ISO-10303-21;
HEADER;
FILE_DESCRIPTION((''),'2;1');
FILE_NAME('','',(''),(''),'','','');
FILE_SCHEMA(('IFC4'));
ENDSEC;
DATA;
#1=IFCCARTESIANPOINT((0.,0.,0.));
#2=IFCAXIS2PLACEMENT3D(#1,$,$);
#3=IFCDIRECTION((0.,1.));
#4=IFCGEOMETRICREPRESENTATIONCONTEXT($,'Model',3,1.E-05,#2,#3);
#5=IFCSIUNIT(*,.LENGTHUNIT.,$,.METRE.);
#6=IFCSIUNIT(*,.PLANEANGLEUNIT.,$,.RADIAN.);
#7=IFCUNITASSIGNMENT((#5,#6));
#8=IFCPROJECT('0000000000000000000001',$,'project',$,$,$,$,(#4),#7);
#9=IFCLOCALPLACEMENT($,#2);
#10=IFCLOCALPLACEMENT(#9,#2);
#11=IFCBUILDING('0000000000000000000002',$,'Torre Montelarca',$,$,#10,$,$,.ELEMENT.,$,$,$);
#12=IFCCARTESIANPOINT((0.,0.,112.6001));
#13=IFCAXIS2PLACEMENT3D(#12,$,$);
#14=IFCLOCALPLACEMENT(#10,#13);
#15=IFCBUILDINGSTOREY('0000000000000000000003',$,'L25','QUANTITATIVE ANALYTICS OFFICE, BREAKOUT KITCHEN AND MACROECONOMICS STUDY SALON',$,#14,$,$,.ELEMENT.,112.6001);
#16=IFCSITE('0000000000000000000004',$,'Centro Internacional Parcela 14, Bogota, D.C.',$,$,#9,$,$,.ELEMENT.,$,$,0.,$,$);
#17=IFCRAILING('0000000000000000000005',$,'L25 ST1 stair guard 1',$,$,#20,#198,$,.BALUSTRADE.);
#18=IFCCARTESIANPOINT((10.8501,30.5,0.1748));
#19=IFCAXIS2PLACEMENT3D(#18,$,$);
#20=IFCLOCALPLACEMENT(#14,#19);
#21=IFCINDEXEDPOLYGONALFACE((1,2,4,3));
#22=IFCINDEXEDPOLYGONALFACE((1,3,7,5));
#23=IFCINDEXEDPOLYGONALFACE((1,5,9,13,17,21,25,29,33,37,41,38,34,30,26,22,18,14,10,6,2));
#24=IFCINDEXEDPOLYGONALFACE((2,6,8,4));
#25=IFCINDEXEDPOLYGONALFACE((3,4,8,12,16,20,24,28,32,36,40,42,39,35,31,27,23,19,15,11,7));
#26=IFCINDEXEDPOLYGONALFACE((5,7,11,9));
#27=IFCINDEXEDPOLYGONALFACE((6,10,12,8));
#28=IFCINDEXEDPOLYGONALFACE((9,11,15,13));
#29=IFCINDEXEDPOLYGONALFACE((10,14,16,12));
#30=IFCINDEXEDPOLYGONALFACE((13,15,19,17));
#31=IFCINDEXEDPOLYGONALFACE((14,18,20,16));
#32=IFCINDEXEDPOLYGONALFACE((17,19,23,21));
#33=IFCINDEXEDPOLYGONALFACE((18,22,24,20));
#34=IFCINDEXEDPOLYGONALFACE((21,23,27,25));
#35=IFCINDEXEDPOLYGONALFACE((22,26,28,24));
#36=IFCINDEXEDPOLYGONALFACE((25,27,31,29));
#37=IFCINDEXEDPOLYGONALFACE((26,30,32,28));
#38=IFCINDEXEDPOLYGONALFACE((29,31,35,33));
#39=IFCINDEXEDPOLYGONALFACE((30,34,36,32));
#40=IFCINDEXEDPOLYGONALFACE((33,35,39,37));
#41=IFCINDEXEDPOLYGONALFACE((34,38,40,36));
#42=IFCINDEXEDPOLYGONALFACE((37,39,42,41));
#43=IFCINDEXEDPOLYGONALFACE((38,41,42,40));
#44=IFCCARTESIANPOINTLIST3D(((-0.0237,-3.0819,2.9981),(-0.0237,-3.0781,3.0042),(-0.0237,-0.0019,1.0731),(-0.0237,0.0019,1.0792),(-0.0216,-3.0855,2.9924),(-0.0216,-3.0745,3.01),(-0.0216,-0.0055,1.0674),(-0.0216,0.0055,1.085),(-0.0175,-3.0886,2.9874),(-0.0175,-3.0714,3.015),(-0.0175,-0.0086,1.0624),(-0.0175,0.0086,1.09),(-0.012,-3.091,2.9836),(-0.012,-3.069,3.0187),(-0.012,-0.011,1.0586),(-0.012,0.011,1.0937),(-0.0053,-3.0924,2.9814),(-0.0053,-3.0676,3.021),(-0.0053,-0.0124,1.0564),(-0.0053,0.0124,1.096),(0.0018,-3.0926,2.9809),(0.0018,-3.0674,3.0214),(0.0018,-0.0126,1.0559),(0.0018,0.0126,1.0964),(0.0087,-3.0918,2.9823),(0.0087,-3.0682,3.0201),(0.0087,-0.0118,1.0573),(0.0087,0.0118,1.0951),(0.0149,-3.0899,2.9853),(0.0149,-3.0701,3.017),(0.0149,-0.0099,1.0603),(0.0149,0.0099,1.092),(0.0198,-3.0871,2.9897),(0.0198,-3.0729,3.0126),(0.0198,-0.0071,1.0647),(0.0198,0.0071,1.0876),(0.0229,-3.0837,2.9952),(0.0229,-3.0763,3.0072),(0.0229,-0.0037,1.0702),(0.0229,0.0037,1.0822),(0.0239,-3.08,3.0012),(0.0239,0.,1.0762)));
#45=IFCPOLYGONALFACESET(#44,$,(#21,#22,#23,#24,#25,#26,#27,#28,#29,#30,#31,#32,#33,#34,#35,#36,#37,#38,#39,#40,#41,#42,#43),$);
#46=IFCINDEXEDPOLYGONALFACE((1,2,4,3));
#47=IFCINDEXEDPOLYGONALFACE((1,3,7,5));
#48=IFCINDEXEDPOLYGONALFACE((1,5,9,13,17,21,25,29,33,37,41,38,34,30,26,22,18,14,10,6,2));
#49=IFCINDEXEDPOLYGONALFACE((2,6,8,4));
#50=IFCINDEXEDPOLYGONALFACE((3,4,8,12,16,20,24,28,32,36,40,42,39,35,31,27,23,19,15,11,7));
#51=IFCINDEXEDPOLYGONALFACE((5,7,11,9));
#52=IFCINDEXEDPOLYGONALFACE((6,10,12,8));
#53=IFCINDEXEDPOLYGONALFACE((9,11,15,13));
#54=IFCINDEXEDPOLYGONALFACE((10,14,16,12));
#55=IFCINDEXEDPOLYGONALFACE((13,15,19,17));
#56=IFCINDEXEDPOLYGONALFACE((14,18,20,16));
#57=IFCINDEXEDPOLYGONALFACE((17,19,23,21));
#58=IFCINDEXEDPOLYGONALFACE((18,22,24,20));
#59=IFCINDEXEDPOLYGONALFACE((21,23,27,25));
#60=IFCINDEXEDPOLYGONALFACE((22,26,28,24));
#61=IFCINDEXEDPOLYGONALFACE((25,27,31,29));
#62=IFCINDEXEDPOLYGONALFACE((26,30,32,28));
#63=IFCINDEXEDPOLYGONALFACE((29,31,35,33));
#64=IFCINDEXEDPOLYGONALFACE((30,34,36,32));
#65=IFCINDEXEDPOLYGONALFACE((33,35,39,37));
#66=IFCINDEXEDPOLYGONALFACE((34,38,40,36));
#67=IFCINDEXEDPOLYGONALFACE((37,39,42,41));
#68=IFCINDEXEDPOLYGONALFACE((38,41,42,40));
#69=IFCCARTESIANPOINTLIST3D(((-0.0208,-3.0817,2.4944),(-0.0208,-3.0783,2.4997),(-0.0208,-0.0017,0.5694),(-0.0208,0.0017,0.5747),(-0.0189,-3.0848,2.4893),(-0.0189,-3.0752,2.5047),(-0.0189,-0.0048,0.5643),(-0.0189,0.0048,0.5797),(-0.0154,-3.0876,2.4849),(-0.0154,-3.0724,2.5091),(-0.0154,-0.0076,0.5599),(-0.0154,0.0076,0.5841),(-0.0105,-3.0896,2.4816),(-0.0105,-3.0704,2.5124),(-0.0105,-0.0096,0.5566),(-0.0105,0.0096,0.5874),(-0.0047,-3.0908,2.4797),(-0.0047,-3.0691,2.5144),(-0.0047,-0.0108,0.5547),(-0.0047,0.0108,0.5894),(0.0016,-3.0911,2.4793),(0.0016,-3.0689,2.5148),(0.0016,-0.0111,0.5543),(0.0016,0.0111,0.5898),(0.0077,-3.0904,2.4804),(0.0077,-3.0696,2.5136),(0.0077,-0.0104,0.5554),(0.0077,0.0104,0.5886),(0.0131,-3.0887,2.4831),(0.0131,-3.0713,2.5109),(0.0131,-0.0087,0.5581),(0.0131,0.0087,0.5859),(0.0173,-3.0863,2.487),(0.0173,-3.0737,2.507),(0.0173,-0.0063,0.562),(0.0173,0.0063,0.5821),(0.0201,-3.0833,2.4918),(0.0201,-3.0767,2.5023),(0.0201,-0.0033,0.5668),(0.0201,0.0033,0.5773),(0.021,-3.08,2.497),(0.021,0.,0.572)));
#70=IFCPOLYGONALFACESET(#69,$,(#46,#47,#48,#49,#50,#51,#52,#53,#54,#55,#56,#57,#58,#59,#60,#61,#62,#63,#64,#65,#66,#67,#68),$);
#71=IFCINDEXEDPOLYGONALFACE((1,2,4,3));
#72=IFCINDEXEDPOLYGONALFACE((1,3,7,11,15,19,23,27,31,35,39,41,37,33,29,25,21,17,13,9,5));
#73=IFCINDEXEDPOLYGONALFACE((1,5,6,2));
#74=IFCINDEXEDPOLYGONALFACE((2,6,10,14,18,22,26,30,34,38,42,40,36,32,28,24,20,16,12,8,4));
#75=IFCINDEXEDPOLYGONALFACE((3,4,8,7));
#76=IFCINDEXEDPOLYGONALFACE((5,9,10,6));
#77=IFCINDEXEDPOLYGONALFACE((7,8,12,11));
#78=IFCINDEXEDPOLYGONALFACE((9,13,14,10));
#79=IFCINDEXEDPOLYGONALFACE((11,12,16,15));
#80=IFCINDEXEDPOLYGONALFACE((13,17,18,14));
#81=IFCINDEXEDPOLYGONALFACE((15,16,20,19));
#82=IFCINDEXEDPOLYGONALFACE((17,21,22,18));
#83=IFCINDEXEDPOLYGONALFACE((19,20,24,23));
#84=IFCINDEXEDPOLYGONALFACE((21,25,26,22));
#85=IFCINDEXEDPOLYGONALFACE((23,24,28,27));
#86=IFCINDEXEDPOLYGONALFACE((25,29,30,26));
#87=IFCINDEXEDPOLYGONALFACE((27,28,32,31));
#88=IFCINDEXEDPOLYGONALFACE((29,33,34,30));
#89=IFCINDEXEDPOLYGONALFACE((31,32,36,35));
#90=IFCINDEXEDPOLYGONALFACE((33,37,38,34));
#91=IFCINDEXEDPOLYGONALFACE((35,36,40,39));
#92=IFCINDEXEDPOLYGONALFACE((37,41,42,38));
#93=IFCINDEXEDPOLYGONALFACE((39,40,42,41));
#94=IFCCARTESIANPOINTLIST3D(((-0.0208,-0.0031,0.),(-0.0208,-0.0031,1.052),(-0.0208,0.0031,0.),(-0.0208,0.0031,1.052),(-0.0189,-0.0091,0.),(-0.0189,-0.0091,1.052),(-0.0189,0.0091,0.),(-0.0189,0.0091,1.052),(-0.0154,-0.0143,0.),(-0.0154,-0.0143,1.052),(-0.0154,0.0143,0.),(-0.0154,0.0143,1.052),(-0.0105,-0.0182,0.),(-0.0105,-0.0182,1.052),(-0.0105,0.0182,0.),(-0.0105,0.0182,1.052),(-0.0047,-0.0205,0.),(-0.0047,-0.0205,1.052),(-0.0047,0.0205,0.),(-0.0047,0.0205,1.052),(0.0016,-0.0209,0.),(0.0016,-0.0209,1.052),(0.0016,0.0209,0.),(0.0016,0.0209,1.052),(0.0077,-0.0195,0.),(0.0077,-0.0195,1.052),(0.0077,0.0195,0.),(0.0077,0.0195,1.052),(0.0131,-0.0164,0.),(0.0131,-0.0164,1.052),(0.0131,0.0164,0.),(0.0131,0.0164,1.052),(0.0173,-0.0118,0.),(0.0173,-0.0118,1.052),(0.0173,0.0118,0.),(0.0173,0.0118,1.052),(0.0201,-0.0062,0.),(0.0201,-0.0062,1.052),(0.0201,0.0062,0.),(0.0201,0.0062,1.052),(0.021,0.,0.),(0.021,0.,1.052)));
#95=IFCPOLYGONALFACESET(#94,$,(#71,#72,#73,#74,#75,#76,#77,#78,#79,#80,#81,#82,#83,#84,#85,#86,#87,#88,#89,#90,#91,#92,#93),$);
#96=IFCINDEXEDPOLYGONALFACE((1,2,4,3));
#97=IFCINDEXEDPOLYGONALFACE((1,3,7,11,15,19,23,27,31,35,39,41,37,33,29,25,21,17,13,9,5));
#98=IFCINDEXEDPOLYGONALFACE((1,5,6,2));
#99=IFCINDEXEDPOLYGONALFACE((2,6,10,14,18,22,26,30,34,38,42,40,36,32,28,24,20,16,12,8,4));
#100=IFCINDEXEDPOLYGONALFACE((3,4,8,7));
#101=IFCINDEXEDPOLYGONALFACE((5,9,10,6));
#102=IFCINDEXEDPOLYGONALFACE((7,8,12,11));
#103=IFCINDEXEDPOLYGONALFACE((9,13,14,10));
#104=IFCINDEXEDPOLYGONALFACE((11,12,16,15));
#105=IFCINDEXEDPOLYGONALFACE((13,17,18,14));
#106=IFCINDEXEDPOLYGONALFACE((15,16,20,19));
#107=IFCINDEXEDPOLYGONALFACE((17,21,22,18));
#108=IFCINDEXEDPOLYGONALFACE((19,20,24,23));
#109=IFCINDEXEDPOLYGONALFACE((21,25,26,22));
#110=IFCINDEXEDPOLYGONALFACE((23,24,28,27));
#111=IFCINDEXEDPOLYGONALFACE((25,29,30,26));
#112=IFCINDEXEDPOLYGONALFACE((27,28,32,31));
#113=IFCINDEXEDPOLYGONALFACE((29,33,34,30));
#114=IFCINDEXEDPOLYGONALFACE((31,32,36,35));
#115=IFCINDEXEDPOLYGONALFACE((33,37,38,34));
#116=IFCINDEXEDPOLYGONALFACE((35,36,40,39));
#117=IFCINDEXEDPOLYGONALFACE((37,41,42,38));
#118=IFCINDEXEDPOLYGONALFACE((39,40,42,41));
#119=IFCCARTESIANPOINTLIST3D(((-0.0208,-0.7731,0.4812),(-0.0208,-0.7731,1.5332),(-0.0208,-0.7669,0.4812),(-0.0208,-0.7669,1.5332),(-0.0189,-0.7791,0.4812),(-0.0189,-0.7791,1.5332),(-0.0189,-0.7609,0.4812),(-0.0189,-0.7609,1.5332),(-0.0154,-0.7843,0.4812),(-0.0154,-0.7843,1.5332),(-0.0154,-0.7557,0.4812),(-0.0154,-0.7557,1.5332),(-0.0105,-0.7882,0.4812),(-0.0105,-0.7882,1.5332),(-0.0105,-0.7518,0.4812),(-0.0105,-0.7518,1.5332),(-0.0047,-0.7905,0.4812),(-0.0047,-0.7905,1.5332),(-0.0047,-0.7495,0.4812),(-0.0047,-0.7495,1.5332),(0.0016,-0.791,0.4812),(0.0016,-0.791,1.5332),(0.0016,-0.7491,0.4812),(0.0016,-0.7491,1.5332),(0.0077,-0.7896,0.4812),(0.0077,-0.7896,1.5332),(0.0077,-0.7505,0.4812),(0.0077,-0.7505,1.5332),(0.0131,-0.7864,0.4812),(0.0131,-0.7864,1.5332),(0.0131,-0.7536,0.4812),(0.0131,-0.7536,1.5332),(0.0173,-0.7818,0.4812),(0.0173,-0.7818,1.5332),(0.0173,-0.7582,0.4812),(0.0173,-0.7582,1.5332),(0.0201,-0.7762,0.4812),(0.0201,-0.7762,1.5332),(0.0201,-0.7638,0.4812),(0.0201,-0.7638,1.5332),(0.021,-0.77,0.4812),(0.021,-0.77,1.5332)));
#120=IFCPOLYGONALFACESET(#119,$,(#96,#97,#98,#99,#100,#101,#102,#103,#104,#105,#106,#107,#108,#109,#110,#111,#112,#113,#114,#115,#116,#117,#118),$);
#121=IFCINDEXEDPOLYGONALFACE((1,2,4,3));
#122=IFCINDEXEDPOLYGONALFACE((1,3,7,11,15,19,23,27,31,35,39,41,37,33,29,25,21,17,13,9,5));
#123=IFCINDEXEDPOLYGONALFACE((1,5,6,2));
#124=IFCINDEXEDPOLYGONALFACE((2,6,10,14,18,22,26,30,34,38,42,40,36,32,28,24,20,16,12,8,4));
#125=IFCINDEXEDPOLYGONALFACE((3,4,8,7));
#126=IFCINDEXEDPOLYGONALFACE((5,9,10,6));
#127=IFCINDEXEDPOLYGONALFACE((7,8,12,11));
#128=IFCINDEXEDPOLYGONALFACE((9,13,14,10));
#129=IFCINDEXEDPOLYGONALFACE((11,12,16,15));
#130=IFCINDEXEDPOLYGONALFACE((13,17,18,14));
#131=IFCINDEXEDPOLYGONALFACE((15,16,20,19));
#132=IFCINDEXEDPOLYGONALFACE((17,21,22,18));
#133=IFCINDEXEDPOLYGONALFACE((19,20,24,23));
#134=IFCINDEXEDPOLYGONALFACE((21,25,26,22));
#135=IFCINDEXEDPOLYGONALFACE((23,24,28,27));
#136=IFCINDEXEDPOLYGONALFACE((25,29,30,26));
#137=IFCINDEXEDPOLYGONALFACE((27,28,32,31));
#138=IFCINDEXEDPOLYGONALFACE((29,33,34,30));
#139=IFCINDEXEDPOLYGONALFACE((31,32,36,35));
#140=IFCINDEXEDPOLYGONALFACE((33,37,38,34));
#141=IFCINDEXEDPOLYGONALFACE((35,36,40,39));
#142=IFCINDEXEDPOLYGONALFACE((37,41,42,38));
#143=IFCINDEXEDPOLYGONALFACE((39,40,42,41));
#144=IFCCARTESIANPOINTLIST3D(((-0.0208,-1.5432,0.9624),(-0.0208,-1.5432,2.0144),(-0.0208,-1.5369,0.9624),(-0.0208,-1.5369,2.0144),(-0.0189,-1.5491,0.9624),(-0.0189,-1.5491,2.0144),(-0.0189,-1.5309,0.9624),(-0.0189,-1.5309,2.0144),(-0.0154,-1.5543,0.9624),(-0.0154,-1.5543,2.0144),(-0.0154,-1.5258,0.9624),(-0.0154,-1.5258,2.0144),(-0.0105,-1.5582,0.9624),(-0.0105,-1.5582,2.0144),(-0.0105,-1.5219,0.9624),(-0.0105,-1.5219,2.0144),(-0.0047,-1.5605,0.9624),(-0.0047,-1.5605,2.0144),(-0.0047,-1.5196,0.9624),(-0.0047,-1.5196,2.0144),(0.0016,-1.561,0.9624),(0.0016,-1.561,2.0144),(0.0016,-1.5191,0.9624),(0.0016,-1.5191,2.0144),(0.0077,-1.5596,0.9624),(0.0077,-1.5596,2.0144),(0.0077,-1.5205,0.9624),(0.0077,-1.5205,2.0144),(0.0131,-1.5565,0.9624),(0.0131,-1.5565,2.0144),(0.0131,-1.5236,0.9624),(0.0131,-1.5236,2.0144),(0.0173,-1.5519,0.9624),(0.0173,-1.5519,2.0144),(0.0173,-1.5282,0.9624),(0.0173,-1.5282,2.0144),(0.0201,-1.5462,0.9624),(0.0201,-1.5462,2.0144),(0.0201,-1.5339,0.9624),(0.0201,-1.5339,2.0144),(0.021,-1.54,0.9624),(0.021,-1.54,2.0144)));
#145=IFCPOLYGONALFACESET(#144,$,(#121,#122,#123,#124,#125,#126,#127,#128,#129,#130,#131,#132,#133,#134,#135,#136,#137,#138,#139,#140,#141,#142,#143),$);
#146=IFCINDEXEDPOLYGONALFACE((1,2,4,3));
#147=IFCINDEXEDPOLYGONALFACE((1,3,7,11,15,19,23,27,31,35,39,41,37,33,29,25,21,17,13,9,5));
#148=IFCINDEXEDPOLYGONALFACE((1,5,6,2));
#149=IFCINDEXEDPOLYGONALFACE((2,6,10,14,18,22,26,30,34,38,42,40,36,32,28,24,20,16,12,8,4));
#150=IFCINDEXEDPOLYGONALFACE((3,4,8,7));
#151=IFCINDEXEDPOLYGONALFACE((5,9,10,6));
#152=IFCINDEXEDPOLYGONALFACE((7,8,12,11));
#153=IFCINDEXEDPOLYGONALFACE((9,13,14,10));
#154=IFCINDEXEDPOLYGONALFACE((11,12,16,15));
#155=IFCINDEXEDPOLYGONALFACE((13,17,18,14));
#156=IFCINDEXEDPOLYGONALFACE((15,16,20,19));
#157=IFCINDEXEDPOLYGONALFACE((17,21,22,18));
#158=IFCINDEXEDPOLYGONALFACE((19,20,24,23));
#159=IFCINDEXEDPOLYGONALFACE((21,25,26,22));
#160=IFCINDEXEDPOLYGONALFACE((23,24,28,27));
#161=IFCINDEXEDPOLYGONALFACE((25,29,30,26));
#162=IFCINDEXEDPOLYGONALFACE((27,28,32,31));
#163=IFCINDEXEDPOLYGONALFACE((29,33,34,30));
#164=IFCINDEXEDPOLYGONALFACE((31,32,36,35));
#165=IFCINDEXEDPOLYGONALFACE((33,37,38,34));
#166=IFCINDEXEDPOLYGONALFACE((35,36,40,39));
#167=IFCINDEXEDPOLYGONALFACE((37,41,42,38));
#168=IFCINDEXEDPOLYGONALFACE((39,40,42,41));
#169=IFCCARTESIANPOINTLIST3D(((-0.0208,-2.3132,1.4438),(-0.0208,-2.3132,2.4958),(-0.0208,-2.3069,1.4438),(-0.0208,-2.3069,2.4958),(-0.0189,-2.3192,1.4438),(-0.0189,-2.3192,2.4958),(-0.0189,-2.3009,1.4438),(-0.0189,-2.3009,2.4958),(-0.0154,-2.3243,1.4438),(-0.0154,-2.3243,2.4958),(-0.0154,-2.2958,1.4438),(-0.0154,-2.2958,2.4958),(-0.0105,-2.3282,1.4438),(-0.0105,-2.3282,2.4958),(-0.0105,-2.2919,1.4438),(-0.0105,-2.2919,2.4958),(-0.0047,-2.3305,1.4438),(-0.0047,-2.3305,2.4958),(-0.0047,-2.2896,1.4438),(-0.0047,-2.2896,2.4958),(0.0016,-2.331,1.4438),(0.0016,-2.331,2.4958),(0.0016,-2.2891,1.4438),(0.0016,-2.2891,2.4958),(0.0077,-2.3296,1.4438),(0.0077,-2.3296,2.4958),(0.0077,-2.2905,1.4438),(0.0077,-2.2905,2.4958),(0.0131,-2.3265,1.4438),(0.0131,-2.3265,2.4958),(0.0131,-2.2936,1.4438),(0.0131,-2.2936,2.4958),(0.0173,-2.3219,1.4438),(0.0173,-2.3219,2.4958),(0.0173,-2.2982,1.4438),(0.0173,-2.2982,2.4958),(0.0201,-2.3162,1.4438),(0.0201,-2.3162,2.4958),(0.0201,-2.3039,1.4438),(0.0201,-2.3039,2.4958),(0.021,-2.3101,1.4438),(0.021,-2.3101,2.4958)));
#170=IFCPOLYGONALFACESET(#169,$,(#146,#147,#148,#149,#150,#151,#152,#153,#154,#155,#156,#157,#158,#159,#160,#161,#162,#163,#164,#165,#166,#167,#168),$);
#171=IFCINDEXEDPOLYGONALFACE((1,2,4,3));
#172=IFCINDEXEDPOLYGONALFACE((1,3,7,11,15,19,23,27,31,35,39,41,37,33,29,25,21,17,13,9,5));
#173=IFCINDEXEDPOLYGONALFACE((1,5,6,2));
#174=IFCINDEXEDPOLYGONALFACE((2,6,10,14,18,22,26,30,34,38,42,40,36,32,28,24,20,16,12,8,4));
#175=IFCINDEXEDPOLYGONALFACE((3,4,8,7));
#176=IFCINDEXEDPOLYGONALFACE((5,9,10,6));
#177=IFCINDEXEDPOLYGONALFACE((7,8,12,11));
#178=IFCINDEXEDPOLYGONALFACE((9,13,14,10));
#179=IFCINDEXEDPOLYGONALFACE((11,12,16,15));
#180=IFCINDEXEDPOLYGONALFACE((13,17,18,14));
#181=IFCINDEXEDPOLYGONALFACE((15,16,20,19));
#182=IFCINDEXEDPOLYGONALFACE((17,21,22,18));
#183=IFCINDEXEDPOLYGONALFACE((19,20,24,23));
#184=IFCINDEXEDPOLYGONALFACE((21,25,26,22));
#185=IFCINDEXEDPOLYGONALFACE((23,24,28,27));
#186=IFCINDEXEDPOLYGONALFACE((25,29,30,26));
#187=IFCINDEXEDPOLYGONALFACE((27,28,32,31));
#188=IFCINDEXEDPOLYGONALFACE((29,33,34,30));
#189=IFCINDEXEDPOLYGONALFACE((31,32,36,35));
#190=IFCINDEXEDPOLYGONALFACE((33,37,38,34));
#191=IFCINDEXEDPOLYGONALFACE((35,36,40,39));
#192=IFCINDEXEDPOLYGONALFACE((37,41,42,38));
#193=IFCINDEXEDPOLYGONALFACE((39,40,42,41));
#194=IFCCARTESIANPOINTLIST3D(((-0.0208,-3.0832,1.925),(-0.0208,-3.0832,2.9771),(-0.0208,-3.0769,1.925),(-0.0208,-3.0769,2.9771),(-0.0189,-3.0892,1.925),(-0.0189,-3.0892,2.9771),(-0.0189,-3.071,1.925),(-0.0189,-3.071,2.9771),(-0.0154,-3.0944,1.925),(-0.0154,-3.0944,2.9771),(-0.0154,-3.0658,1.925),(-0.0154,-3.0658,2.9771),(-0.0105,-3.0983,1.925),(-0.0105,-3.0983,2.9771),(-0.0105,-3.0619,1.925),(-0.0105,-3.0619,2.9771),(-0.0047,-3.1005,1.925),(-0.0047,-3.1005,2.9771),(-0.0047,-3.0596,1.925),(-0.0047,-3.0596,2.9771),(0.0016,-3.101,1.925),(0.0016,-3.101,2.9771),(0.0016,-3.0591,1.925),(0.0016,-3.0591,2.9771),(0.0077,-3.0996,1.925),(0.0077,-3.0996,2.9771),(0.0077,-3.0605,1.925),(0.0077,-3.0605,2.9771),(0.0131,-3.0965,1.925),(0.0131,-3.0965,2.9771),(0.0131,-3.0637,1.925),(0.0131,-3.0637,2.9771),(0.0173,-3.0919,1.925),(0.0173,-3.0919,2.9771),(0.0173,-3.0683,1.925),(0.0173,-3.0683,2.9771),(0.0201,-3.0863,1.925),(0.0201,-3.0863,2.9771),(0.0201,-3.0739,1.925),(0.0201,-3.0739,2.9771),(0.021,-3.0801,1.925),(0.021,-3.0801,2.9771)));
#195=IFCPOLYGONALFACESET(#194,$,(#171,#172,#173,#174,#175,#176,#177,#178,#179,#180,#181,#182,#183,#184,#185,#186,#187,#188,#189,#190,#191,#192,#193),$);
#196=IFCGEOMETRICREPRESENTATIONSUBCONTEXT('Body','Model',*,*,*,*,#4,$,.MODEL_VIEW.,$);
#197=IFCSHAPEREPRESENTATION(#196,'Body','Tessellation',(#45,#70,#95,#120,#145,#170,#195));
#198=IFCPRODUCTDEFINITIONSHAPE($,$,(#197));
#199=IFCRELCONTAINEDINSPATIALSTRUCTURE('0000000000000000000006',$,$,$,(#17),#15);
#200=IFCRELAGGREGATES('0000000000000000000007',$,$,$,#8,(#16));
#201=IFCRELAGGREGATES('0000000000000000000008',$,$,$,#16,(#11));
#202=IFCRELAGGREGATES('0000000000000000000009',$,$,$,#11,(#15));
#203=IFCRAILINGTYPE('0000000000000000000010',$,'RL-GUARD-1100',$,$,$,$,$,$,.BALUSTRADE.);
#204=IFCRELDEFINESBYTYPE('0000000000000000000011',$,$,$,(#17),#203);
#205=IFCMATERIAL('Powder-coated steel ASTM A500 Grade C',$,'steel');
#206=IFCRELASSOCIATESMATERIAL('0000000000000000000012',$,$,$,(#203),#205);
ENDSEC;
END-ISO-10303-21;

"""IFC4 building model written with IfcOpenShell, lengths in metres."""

from ifc_helpers import new_model, si_unit, direction, frame, origin, origin_2d, place, context, subcontext, project, spatial, circle, extrude, material, type_object, element, save


model = new_model("IFC4")

# Units and contexts
model_context = context("Model", 3, precision=1e-05, world=origin(), true_north=direction((0.0, 1.0)))
body_context = subcontext(model_context, "Body", "Model", "MODEL_VIEW")
ifc_project = project(units=[si_unit("LENGTHUNIT", "METRE"), si_unit("PLANEANGLEUNIT", "RADIAN")], contexts=[model_context])

# Site, building, storey
site_placement = place(None, origin())
site = spatial("IfcSite", under=ifc_project, at=site_placement, Name="Centro Internacional Parcela 14, Bogota, D.C.", CompositionType="ELEMENT", RefElevation=0.0)
building_placement = place(site_placement, origin())
building = spatial("IfcBuilding", under=site, at=building_placement, Name="Torre Montelarca", CompositionType="ELEMENT")
storey_placement = place(building_placement, frame((0.0, 0.0, 112.6001)))
storey = spatial("IfcBuildingStorey", under=building, at=storey_placement, Name="L25", Description="QUANTITATIVE ANALYTICS OFFICE, BREAKOUT KITCHEN AND MACROECONOMICS STUDY SALON", CompositionType="ELEMENT", Elevation=112.6001)

# Railing
ifc_material_1 = material(Name="Powder-coated steel ASTM A500 Grade C", Category="steel")
railing_type_1 = type_object("IfcRailingType", Name="RL-GUARD-1100", PredefinedType="BALUSTRADE", material=ifc_material_1)
railing_1_placement = place(storey_placement, frame((10.8501, 30.5, 0.1748)))
element("IfcRailing", 1, at=railing_1_placement, inside=storey, type_object=railing_type_1, Name="L25 ST1 stair guard 1", PredefinedType="BALUSTRADE", context=body_context, shape_type="SweptSolid", body=[
    extrude(circle(Radius=0.0239, at=origin_2d()), frame((0.0, 0.0, 1.0762), z_axis=(0.0, -0.847998, 0.529999), x_axis=(1.0, 0.0, 0.0)), (0.0, 0.0, 1.0), 3.6321),
    extrude(circle(Radius=0.021, at=origin_2d()), frame((0.0, 0.0, 0.572), z_axis=(0.0, -0.847998, 0.529999), x_axis=(1.0, 0.0, 0.0)), (0.0, 0.0, 1.0), 3.6321),
    extrude(circle(Radius=0.021, at=origin_2d()), origin(), (0.0, 0.0, 1.0), 1.052),
    extrude(circle(Radius=0.021, at=origin_2d()), frame((0.0, -0.77, 0.4812)), (0.0, 0.0, 1.0), 1.052),
    extrude(circle(Radius=0.021, at=origin_2d()), frame((0.0, -1.54, 0.9624)), (0.0, 0.0, 1.0), 1.052),
    extrude(circle(Radius=0.021, at=origin_2d()), frame((0.0, -2.3101, 1.4438)), (0.0, 0.0, 1.0), 1.052),
    extrude(circle(Radius=0.021, at=origin_2d()), frame((0.0, -3.0801, 1.925)), (0.0, 0.0, 1.0), 1.052),
])

save(model, "model.ifc")
